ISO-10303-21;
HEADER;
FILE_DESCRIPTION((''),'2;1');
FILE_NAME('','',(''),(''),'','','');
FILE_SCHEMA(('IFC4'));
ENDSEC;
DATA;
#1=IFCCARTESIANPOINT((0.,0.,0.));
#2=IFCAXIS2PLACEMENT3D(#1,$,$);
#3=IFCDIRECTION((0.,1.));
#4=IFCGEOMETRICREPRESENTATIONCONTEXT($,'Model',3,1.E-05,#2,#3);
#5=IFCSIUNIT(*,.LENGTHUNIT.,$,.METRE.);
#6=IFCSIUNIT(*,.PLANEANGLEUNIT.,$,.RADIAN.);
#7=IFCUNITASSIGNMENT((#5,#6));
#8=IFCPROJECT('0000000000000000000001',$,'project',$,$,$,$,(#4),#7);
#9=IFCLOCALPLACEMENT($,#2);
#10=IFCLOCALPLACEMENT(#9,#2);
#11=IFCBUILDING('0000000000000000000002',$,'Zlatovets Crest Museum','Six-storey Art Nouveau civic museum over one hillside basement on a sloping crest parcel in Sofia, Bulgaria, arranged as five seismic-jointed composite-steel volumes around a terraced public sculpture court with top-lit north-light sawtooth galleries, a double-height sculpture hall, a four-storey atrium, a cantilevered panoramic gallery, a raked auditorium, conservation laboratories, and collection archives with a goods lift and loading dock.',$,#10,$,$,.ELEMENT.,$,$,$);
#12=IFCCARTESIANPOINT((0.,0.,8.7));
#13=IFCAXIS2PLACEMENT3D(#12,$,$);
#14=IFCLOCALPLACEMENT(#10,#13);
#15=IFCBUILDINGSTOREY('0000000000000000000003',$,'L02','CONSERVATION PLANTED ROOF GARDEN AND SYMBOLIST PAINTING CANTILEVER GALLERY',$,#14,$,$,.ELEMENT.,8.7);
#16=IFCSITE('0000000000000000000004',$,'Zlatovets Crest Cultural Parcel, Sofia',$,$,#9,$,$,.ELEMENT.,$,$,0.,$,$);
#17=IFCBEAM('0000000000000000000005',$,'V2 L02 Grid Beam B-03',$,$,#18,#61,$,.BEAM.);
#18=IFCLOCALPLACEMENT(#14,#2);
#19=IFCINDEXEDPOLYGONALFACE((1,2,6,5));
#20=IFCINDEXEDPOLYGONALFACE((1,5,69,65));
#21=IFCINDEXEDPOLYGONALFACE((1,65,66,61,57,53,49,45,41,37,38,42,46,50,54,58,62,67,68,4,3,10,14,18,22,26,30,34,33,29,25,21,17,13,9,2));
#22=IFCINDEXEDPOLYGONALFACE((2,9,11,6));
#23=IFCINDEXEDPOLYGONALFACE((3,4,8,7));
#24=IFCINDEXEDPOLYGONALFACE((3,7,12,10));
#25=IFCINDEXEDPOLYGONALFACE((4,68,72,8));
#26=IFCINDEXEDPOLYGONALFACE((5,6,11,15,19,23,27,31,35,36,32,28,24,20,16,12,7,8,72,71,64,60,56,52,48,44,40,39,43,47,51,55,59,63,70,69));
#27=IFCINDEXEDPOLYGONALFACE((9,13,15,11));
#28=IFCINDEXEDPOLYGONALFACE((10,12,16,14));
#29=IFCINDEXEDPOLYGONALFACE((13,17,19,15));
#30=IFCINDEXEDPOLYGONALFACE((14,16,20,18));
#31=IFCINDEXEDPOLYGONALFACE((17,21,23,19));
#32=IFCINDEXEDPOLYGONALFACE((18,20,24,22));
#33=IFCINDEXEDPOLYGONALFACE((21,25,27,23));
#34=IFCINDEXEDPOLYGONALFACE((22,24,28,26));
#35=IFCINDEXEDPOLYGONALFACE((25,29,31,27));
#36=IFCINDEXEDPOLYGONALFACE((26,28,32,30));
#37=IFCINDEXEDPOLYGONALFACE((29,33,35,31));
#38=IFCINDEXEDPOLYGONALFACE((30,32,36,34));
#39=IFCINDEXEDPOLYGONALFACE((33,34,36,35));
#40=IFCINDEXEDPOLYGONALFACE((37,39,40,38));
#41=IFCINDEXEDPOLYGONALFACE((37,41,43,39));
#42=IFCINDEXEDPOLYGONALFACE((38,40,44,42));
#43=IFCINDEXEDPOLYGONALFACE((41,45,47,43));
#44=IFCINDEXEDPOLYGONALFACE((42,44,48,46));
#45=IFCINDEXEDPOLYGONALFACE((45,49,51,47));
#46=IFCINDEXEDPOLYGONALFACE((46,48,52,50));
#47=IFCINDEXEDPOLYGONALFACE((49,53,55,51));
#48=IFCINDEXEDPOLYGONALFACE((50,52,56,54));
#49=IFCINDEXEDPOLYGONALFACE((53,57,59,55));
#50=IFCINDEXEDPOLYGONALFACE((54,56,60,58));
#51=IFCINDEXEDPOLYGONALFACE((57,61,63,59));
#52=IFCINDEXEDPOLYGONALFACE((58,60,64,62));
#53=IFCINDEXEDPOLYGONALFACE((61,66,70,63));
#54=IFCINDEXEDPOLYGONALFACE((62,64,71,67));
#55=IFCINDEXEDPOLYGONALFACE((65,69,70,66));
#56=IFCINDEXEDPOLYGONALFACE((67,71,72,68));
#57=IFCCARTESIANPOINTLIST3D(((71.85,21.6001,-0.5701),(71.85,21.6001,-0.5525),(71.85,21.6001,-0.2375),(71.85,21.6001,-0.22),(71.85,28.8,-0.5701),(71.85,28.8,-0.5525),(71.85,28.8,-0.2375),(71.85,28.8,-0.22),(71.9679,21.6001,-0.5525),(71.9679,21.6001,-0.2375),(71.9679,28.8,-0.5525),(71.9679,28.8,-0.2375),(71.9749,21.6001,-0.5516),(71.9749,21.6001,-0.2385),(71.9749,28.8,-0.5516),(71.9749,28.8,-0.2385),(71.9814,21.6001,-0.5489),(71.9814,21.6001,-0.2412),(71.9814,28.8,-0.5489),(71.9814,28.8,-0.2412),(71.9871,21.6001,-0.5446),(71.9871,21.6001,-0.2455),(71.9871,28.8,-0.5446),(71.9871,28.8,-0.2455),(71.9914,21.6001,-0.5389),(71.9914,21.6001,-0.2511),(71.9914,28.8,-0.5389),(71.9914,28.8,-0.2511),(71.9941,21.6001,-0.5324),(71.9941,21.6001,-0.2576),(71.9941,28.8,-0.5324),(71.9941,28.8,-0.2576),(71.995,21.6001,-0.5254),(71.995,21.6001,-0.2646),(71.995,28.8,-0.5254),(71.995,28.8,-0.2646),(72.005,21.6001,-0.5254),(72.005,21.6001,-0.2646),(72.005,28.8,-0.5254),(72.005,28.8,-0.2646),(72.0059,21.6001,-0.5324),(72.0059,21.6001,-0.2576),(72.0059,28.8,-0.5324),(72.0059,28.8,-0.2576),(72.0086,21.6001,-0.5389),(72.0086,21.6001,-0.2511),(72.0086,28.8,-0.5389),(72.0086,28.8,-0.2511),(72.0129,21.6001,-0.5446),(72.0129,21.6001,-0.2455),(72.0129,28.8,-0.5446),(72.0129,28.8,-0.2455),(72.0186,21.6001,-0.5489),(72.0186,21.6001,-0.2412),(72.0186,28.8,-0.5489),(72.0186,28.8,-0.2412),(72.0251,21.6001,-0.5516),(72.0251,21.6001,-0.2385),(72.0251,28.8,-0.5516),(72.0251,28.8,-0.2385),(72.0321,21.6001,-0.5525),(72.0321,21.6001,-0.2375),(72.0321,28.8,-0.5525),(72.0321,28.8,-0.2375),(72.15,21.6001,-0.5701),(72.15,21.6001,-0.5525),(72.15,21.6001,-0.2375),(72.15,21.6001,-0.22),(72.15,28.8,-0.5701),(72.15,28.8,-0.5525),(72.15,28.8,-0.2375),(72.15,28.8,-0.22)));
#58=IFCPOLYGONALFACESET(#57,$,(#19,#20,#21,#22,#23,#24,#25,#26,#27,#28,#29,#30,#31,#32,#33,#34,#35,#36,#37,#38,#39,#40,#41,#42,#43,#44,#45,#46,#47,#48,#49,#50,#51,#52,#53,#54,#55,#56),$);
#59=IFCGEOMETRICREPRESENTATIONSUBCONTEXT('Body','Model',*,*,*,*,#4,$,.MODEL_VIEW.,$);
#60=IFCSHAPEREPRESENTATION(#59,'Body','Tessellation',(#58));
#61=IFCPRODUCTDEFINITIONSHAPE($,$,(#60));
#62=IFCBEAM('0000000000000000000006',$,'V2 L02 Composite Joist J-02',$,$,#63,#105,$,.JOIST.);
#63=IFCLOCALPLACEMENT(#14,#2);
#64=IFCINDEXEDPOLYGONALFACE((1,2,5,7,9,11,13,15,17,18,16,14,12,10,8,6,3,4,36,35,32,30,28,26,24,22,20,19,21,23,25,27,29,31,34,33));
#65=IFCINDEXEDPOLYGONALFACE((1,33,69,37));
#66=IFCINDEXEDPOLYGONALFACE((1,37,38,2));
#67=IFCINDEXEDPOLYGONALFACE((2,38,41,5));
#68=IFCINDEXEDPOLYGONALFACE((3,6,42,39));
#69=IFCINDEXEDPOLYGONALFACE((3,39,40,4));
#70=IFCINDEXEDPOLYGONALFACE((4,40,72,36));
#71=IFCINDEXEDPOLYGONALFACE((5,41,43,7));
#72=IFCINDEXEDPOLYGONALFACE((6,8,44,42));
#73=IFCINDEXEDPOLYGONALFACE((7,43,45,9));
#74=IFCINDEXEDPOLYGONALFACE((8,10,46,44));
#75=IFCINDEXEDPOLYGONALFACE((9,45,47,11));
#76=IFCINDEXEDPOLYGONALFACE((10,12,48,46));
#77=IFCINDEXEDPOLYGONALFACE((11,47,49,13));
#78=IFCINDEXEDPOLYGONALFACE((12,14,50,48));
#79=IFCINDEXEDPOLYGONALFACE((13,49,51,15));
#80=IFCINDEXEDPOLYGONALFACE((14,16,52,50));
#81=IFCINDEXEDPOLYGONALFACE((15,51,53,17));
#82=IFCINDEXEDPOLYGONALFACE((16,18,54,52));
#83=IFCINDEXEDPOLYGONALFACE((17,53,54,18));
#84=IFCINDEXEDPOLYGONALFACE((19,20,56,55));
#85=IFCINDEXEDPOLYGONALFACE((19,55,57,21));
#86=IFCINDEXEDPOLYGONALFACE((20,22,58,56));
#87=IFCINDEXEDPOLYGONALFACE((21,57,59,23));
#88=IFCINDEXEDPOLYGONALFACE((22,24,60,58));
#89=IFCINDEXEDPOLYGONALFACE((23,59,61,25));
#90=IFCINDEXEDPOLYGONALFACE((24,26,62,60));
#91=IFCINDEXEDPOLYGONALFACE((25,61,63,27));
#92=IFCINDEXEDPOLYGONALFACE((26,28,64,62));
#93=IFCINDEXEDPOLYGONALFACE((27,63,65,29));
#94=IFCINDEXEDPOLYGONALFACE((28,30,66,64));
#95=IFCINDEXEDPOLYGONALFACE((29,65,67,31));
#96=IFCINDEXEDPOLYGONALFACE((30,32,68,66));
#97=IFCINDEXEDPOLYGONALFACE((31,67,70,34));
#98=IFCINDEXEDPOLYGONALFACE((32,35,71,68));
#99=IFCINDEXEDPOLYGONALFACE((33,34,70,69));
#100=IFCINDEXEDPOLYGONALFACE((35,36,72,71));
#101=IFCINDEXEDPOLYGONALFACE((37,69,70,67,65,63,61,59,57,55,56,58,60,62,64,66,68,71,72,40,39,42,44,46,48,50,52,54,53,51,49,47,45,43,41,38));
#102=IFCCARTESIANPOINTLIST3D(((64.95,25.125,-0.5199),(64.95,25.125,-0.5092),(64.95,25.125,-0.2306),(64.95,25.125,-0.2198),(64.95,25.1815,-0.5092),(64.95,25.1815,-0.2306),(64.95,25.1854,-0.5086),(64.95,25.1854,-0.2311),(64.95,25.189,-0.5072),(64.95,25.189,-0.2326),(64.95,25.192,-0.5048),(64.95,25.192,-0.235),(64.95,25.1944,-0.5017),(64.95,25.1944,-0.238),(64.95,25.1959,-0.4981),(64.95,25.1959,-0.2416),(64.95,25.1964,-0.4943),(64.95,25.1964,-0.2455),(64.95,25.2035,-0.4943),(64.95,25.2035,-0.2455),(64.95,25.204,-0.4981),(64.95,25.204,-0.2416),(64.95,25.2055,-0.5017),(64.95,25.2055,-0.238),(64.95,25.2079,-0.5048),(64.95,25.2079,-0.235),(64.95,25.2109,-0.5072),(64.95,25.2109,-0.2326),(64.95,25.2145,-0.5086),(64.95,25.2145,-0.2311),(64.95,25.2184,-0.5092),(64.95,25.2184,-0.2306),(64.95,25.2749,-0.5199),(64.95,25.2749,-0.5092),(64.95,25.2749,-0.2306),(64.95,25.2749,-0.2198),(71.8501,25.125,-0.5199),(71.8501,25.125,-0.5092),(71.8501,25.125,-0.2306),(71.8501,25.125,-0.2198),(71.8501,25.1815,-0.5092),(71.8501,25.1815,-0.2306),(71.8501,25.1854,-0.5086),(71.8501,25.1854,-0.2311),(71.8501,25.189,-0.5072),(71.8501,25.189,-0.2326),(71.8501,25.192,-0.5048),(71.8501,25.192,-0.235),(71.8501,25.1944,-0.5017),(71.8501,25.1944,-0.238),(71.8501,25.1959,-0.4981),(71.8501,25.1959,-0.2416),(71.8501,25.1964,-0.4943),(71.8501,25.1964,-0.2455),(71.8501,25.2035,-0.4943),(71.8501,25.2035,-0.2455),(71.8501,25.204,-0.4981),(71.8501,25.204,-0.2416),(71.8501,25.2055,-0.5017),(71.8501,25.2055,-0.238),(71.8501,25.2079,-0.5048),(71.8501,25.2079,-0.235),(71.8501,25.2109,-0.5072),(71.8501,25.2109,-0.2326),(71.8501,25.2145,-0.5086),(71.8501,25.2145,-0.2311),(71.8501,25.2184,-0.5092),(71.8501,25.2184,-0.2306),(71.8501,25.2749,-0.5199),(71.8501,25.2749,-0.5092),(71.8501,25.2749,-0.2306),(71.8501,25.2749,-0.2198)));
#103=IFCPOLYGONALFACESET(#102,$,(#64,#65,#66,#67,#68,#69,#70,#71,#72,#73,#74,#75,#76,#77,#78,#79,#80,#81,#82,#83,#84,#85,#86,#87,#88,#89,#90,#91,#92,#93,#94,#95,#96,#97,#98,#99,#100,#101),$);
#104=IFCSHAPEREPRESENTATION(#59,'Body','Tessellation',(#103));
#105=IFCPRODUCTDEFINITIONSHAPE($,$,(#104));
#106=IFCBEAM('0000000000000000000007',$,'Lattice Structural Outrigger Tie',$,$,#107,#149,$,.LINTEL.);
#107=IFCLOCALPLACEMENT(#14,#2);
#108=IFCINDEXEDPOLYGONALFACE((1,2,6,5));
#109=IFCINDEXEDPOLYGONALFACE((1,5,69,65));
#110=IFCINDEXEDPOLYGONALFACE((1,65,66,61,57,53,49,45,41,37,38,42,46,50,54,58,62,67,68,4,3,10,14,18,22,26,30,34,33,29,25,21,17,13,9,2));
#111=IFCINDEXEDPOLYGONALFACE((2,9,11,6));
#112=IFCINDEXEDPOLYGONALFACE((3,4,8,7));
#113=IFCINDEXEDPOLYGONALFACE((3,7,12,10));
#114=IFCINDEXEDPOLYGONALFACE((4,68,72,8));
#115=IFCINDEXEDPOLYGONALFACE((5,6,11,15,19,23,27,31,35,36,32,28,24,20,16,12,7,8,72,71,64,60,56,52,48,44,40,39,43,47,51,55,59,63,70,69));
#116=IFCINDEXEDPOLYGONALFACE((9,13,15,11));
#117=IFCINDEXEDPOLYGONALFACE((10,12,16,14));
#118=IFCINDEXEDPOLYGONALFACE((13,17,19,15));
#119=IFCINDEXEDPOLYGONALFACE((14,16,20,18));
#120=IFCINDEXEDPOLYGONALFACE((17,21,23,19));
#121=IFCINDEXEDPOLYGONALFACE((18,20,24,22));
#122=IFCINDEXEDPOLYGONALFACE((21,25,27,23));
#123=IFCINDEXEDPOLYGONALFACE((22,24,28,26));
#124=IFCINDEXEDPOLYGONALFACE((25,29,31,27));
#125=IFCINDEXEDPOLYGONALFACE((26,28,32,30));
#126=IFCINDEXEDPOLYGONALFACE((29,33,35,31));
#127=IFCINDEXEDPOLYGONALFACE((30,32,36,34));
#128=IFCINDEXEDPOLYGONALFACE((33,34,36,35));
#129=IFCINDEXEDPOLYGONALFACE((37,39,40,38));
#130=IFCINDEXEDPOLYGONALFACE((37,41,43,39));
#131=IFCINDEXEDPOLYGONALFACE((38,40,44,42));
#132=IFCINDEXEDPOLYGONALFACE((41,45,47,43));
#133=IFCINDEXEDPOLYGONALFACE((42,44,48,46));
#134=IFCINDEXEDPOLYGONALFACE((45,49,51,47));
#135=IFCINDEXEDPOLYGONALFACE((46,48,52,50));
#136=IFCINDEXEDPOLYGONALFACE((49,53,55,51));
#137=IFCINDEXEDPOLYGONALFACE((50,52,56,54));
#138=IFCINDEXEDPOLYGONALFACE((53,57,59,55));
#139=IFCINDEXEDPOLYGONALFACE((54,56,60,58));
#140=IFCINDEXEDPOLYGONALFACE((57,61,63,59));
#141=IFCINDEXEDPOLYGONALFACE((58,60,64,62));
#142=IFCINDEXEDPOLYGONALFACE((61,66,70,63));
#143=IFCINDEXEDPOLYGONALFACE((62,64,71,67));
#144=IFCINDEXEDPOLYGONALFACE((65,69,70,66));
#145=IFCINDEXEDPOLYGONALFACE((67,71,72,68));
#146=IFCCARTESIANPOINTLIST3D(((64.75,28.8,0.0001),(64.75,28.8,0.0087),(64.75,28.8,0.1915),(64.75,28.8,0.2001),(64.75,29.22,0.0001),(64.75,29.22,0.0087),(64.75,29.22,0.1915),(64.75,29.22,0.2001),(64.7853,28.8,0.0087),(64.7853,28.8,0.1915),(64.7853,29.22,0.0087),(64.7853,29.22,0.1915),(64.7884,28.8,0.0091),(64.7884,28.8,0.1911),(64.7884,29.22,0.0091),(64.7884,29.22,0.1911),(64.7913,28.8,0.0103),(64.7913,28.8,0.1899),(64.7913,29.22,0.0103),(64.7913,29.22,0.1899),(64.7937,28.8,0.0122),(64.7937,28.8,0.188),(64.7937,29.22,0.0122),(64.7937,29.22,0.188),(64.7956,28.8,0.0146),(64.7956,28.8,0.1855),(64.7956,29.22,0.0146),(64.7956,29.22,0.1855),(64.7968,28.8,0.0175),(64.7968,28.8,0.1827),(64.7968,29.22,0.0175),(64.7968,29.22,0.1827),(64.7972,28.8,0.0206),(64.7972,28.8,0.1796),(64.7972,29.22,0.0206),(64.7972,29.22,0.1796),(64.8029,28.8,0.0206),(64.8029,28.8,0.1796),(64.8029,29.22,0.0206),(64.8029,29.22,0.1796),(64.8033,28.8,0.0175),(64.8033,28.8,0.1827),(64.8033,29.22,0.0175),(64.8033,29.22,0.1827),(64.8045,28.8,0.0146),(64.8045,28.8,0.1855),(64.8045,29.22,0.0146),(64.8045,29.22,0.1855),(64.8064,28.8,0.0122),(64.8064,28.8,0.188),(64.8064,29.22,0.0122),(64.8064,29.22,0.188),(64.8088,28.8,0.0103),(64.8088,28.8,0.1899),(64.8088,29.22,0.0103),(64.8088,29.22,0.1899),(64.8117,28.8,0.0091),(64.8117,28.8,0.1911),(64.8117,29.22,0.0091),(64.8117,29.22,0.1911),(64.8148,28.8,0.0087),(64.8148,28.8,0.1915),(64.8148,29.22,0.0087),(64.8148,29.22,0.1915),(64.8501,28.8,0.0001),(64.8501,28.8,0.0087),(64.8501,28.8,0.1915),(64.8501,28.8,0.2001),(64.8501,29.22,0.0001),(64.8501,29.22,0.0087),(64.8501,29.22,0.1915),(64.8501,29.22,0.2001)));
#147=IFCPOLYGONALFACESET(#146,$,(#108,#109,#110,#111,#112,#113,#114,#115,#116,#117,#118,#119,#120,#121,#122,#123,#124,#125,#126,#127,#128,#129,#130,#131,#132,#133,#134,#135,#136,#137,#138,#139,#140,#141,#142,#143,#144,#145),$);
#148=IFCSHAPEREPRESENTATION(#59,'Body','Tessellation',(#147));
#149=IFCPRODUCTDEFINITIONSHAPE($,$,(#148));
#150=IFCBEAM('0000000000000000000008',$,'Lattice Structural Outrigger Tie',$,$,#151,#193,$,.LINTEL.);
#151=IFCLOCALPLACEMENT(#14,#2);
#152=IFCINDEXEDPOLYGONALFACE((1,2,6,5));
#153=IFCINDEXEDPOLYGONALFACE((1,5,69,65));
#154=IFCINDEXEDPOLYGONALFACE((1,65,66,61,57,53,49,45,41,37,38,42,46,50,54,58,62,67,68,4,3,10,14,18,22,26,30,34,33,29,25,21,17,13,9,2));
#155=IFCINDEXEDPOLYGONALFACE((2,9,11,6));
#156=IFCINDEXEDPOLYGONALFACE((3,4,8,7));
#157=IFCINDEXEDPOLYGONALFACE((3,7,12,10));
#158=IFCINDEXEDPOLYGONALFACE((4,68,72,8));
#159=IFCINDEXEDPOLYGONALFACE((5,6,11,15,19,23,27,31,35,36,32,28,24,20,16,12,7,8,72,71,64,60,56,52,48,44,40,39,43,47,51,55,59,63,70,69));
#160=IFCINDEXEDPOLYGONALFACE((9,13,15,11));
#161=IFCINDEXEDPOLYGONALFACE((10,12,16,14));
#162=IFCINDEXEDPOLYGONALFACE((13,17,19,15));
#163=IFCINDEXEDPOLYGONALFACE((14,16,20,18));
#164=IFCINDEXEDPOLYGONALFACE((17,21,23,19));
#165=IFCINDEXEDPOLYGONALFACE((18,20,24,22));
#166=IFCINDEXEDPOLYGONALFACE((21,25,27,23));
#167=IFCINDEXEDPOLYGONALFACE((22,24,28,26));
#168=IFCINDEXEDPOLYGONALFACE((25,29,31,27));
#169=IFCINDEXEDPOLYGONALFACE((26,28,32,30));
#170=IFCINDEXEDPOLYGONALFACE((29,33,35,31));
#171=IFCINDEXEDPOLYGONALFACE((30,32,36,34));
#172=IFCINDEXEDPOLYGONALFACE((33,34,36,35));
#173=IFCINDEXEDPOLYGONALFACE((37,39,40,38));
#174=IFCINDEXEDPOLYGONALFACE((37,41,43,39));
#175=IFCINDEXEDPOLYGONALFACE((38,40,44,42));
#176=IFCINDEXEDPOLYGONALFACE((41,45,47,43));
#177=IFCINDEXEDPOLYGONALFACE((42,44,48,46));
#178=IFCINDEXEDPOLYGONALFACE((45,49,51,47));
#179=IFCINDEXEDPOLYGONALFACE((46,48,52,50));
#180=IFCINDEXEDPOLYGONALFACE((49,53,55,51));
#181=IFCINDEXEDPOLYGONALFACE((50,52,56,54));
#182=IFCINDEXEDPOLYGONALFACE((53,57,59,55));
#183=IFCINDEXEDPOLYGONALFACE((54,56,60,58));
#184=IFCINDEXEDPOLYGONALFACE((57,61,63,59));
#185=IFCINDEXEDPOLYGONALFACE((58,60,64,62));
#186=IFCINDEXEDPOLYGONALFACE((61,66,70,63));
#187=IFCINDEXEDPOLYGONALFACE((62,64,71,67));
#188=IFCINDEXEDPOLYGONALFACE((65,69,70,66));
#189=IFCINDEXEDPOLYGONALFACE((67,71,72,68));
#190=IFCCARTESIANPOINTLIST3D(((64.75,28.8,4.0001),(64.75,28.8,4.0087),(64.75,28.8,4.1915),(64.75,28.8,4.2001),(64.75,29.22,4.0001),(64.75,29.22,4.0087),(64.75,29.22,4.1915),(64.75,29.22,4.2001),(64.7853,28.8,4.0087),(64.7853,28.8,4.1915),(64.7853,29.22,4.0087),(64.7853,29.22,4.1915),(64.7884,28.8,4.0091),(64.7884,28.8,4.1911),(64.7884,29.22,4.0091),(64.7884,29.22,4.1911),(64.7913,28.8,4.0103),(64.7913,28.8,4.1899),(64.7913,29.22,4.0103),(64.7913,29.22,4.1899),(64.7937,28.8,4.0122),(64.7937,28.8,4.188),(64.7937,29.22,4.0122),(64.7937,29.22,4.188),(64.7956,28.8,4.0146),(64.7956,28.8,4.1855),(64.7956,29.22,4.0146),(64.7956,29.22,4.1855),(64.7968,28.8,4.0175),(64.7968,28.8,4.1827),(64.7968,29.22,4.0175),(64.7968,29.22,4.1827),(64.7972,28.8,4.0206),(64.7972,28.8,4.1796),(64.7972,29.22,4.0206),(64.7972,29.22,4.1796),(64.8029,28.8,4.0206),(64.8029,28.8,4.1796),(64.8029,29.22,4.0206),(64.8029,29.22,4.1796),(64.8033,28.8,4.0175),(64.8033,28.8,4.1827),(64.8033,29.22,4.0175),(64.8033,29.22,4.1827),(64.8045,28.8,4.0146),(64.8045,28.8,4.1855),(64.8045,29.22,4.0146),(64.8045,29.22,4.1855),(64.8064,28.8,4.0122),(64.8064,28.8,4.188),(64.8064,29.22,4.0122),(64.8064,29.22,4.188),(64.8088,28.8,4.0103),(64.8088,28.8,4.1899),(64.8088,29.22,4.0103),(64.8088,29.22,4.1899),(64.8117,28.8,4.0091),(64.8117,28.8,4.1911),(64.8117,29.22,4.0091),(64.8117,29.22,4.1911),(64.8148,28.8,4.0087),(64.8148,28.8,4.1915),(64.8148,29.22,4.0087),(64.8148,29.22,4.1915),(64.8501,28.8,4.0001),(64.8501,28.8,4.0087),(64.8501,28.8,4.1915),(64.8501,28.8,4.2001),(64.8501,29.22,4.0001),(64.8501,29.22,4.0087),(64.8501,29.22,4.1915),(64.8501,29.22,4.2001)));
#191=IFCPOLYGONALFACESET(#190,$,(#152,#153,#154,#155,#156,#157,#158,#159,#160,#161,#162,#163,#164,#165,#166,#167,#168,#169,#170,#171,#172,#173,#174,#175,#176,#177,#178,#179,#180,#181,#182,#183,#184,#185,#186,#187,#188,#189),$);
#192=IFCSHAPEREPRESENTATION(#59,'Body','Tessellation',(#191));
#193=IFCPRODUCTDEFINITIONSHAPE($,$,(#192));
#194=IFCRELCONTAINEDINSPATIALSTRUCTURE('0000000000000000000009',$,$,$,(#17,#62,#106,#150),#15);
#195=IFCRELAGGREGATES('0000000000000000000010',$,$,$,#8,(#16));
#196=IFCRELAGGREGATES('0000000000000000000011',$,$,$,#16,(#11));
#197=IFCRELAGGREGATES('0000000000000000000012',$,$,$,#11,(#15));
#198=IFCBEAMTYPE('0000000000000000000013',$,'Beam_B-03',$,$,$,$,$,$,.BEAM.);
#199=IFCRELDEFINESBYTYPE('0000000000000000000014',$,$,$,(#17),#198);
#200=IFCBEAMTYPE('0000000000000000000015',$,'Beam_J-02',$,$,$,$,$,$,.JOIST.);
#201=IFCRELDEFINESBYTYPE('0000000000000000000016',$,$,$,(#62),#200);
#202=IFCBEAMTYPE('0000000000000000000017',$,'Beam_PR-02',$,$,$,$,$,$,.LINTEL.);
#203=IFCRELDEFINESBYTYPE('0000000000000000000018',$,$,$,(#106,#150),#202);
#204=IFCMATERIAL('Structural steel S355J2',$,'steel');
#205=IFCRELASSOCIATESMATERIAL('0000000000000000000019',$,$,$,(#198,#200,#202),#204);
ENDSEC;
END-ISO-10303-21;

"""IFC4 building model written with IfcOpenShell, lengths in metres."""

from ifc_helpers import new_model, si_unit, direction, frame, origin, origin_2d, place, context, subcontext, project, spatial, i_section, extrude, material, material_profile, profile_set, type_object, element, save


model = new_model("IFC4")

# Units and contexts
model_context = context("Model", 3, precision=1e-05, world=origin(), true_north=direction((0.0, 1.0)))
body_context = subcontext(model_context, "Body", "Model", "MODEL_VIEW")
ifc_project = project(units=[si_unit("LENGTHUNIT", "METRE"), si_unit("PLANEANGLEUNIT", "RADIAN")], contexts=[model_context])

# Site, building, storey
site_placement = place(None, origin())
site = spatial("IfcSite", under=ifc_project, at=site_placement, Name="Zlatovets Crest Cultural Parcel, Sofia", CompositionType="ELEMENT", RefElevation=0.0)
building_placement = place(site_placement, origin())
building = spatial("IfcBuilding", under=site, at=building_placement, Name="Zlatovets Crest Museum", Description="Six-storey Art Nouveau civic museum over one hillside basement on a sloping crest parcel in Sofia, Bulgaria, arranged as five seismic-jointed composite-steel volumes around a terraced public sculpture court with top-lit north-light sawtooth galleries, a double-height sculpture hall, a four-storey atrium, a cantilevered panoramic gallery, a raked auditorium, conservation laboratories, and collection archives with a goods lift and loading dock.", CompositionType="ELEMENT")
storey_placement = place(building_placement, frame((0.0, 0.0, 8.7)))
storey = spatial("IfcBuildingStorey", under=building, at=storey_placement, Name="L02", Description="CONSERVATION PLANTED ROOF GARDEN AND SYMBOLIST PAINTING CANTILEVER GALLERY", CompositionType="ELEMENT", Elevation=8.7)

# Shared definitions
ifc_material_1 = material(Name="Structural steel S355J2", Category="steel")

# Beams
ifc_material_profile_1 = material_profile(ifc_material_1, i_section(OverallWidth=0.3, OverallDepth=0.3501, WebThickness=0.01, FlangeThickness=0.0176, FilletRadius=0.0271, at=origin_2d()), Name="HEA 360")
ifc_profile_set_1 = profile_set([ifc_material_profile_1], Name="Structural steel S355J2")
beam_type_1 = type_object("IfcBeamType", Name="Beam_B-03", PredefinedType="BEAM", material=ifc_profile_set_1)
beam_1_placement = place(storey_placement, frame((72.0, 21.6001, -0.395), z_axis=(0.0, 1.0, 0.0), x_axis=(-1.0, 0.0, 0.0)))
element("IfcBeam", 1, at=beam_1_placement, inside=storey, type_object=beam_type_1, Name="V2 L02 Grid Beam B-03", PredefinedType="BEAM", context=body_context, shape_type="SweptSolid", body=[
    extrude(i_section(OverallWidth=0.3, OverallDepth=0.3501, WebThickness=0.01, FlangeThickness=0.0176, FilletRadius=0.0271, at=origin_2d()), origin(), (0.0, 0.0, 1.0), 7.2),
])
ifc_material_profile_2 = material_profile(ifc_material_1, i_section(OverallWidth=0.1499, OverallDepth=0.3, WebThickness=0.0071, FlangeThickness=0.0107, FilletRadius=0.0149, at=origin_2d()), Name="IPE 300")
ifc_profile_set_2 = profile_set([ifc_material_profile_2], Name="Structural steel S355J2")
beam_type_2 = type_object("IfcBeamType", Name="Beam_J-02", PredefinedType="JOIST", material=ifc_profile_set_2)
beam_2_placement = place(storey_placement, frame((64.95, 25.2, -0.3699), z_axis=(1.0, 0.0, 0.0), x_axis=(0.0, 1.0, 0.0)))
element("IfcBeam", 2, at=beam_2_placement, inside=storey, type_object=beam_type_2, Name="V2 L02 Composite Joist J-02", PredefinedType="JOIST", context=body_context, shape_type="SweptSolid", body=[
    extrude(i_section(OverallWidth=0.1499, OverallDepth=0.3, WebThickness=0.0071, FlangeThickness=0.0107, FilletRadius=0.0149, at=origin_2d()), origin(), (0.0, 0.0, 1.0), 6.9001),
])
ifc_material_profile_3 = material_profile(ifc_material_1, i_section(OverallWidth=0.1001, OverallDepth=0.2, WebThickness=0.0056, FlangeThickness=0.0085, FilletRadius=0.012, at=origin_2d()), Name="IPE 200")
ifc_profile_set_3 = profile_set([ifc_material_profile_3], Name="Structural steel S355J2")
beam_type_3 = type_object("IfcBeamType", Name="Beam_PR-02", PredefinedType="LINTEL", material=ifc_profile_set_3)
for number, where, z_axis, x_axis, name in (
    (3, (64.8, 28.8, 0.1001), (0.0, 1.0, 0.0), (-1.0, 0.0, 0.0), "Lattice Structural Outrigger Tie"),
    (4, (64.8, 28.8, 4.1001), (0.0, 1.0, 0.0), (-1.0, 0.0, 0.0), "Lattice Structural Outrigger Tie"),
):
    element("IfcBeam", number, at=place(storey_placement, frame(where, z_axis=z_axis, x_axis=x_axis)), inside=storey, type_object=beam_type_3, Name=name, PredefinedType="LINTEL", context=body_context, shape_type="SweptSolid", body=[
        extrude(i_section(OverallWidth=0.1001, OverallDepth=0.2, WebThickness=0.0056, FlangeThickness=0.0085, FilletRadius=0.012, at=origin_2d()), origin(), (0.0, 0.0, 1.0), 0.4199),
    ])

save(model, "model.ifc")
